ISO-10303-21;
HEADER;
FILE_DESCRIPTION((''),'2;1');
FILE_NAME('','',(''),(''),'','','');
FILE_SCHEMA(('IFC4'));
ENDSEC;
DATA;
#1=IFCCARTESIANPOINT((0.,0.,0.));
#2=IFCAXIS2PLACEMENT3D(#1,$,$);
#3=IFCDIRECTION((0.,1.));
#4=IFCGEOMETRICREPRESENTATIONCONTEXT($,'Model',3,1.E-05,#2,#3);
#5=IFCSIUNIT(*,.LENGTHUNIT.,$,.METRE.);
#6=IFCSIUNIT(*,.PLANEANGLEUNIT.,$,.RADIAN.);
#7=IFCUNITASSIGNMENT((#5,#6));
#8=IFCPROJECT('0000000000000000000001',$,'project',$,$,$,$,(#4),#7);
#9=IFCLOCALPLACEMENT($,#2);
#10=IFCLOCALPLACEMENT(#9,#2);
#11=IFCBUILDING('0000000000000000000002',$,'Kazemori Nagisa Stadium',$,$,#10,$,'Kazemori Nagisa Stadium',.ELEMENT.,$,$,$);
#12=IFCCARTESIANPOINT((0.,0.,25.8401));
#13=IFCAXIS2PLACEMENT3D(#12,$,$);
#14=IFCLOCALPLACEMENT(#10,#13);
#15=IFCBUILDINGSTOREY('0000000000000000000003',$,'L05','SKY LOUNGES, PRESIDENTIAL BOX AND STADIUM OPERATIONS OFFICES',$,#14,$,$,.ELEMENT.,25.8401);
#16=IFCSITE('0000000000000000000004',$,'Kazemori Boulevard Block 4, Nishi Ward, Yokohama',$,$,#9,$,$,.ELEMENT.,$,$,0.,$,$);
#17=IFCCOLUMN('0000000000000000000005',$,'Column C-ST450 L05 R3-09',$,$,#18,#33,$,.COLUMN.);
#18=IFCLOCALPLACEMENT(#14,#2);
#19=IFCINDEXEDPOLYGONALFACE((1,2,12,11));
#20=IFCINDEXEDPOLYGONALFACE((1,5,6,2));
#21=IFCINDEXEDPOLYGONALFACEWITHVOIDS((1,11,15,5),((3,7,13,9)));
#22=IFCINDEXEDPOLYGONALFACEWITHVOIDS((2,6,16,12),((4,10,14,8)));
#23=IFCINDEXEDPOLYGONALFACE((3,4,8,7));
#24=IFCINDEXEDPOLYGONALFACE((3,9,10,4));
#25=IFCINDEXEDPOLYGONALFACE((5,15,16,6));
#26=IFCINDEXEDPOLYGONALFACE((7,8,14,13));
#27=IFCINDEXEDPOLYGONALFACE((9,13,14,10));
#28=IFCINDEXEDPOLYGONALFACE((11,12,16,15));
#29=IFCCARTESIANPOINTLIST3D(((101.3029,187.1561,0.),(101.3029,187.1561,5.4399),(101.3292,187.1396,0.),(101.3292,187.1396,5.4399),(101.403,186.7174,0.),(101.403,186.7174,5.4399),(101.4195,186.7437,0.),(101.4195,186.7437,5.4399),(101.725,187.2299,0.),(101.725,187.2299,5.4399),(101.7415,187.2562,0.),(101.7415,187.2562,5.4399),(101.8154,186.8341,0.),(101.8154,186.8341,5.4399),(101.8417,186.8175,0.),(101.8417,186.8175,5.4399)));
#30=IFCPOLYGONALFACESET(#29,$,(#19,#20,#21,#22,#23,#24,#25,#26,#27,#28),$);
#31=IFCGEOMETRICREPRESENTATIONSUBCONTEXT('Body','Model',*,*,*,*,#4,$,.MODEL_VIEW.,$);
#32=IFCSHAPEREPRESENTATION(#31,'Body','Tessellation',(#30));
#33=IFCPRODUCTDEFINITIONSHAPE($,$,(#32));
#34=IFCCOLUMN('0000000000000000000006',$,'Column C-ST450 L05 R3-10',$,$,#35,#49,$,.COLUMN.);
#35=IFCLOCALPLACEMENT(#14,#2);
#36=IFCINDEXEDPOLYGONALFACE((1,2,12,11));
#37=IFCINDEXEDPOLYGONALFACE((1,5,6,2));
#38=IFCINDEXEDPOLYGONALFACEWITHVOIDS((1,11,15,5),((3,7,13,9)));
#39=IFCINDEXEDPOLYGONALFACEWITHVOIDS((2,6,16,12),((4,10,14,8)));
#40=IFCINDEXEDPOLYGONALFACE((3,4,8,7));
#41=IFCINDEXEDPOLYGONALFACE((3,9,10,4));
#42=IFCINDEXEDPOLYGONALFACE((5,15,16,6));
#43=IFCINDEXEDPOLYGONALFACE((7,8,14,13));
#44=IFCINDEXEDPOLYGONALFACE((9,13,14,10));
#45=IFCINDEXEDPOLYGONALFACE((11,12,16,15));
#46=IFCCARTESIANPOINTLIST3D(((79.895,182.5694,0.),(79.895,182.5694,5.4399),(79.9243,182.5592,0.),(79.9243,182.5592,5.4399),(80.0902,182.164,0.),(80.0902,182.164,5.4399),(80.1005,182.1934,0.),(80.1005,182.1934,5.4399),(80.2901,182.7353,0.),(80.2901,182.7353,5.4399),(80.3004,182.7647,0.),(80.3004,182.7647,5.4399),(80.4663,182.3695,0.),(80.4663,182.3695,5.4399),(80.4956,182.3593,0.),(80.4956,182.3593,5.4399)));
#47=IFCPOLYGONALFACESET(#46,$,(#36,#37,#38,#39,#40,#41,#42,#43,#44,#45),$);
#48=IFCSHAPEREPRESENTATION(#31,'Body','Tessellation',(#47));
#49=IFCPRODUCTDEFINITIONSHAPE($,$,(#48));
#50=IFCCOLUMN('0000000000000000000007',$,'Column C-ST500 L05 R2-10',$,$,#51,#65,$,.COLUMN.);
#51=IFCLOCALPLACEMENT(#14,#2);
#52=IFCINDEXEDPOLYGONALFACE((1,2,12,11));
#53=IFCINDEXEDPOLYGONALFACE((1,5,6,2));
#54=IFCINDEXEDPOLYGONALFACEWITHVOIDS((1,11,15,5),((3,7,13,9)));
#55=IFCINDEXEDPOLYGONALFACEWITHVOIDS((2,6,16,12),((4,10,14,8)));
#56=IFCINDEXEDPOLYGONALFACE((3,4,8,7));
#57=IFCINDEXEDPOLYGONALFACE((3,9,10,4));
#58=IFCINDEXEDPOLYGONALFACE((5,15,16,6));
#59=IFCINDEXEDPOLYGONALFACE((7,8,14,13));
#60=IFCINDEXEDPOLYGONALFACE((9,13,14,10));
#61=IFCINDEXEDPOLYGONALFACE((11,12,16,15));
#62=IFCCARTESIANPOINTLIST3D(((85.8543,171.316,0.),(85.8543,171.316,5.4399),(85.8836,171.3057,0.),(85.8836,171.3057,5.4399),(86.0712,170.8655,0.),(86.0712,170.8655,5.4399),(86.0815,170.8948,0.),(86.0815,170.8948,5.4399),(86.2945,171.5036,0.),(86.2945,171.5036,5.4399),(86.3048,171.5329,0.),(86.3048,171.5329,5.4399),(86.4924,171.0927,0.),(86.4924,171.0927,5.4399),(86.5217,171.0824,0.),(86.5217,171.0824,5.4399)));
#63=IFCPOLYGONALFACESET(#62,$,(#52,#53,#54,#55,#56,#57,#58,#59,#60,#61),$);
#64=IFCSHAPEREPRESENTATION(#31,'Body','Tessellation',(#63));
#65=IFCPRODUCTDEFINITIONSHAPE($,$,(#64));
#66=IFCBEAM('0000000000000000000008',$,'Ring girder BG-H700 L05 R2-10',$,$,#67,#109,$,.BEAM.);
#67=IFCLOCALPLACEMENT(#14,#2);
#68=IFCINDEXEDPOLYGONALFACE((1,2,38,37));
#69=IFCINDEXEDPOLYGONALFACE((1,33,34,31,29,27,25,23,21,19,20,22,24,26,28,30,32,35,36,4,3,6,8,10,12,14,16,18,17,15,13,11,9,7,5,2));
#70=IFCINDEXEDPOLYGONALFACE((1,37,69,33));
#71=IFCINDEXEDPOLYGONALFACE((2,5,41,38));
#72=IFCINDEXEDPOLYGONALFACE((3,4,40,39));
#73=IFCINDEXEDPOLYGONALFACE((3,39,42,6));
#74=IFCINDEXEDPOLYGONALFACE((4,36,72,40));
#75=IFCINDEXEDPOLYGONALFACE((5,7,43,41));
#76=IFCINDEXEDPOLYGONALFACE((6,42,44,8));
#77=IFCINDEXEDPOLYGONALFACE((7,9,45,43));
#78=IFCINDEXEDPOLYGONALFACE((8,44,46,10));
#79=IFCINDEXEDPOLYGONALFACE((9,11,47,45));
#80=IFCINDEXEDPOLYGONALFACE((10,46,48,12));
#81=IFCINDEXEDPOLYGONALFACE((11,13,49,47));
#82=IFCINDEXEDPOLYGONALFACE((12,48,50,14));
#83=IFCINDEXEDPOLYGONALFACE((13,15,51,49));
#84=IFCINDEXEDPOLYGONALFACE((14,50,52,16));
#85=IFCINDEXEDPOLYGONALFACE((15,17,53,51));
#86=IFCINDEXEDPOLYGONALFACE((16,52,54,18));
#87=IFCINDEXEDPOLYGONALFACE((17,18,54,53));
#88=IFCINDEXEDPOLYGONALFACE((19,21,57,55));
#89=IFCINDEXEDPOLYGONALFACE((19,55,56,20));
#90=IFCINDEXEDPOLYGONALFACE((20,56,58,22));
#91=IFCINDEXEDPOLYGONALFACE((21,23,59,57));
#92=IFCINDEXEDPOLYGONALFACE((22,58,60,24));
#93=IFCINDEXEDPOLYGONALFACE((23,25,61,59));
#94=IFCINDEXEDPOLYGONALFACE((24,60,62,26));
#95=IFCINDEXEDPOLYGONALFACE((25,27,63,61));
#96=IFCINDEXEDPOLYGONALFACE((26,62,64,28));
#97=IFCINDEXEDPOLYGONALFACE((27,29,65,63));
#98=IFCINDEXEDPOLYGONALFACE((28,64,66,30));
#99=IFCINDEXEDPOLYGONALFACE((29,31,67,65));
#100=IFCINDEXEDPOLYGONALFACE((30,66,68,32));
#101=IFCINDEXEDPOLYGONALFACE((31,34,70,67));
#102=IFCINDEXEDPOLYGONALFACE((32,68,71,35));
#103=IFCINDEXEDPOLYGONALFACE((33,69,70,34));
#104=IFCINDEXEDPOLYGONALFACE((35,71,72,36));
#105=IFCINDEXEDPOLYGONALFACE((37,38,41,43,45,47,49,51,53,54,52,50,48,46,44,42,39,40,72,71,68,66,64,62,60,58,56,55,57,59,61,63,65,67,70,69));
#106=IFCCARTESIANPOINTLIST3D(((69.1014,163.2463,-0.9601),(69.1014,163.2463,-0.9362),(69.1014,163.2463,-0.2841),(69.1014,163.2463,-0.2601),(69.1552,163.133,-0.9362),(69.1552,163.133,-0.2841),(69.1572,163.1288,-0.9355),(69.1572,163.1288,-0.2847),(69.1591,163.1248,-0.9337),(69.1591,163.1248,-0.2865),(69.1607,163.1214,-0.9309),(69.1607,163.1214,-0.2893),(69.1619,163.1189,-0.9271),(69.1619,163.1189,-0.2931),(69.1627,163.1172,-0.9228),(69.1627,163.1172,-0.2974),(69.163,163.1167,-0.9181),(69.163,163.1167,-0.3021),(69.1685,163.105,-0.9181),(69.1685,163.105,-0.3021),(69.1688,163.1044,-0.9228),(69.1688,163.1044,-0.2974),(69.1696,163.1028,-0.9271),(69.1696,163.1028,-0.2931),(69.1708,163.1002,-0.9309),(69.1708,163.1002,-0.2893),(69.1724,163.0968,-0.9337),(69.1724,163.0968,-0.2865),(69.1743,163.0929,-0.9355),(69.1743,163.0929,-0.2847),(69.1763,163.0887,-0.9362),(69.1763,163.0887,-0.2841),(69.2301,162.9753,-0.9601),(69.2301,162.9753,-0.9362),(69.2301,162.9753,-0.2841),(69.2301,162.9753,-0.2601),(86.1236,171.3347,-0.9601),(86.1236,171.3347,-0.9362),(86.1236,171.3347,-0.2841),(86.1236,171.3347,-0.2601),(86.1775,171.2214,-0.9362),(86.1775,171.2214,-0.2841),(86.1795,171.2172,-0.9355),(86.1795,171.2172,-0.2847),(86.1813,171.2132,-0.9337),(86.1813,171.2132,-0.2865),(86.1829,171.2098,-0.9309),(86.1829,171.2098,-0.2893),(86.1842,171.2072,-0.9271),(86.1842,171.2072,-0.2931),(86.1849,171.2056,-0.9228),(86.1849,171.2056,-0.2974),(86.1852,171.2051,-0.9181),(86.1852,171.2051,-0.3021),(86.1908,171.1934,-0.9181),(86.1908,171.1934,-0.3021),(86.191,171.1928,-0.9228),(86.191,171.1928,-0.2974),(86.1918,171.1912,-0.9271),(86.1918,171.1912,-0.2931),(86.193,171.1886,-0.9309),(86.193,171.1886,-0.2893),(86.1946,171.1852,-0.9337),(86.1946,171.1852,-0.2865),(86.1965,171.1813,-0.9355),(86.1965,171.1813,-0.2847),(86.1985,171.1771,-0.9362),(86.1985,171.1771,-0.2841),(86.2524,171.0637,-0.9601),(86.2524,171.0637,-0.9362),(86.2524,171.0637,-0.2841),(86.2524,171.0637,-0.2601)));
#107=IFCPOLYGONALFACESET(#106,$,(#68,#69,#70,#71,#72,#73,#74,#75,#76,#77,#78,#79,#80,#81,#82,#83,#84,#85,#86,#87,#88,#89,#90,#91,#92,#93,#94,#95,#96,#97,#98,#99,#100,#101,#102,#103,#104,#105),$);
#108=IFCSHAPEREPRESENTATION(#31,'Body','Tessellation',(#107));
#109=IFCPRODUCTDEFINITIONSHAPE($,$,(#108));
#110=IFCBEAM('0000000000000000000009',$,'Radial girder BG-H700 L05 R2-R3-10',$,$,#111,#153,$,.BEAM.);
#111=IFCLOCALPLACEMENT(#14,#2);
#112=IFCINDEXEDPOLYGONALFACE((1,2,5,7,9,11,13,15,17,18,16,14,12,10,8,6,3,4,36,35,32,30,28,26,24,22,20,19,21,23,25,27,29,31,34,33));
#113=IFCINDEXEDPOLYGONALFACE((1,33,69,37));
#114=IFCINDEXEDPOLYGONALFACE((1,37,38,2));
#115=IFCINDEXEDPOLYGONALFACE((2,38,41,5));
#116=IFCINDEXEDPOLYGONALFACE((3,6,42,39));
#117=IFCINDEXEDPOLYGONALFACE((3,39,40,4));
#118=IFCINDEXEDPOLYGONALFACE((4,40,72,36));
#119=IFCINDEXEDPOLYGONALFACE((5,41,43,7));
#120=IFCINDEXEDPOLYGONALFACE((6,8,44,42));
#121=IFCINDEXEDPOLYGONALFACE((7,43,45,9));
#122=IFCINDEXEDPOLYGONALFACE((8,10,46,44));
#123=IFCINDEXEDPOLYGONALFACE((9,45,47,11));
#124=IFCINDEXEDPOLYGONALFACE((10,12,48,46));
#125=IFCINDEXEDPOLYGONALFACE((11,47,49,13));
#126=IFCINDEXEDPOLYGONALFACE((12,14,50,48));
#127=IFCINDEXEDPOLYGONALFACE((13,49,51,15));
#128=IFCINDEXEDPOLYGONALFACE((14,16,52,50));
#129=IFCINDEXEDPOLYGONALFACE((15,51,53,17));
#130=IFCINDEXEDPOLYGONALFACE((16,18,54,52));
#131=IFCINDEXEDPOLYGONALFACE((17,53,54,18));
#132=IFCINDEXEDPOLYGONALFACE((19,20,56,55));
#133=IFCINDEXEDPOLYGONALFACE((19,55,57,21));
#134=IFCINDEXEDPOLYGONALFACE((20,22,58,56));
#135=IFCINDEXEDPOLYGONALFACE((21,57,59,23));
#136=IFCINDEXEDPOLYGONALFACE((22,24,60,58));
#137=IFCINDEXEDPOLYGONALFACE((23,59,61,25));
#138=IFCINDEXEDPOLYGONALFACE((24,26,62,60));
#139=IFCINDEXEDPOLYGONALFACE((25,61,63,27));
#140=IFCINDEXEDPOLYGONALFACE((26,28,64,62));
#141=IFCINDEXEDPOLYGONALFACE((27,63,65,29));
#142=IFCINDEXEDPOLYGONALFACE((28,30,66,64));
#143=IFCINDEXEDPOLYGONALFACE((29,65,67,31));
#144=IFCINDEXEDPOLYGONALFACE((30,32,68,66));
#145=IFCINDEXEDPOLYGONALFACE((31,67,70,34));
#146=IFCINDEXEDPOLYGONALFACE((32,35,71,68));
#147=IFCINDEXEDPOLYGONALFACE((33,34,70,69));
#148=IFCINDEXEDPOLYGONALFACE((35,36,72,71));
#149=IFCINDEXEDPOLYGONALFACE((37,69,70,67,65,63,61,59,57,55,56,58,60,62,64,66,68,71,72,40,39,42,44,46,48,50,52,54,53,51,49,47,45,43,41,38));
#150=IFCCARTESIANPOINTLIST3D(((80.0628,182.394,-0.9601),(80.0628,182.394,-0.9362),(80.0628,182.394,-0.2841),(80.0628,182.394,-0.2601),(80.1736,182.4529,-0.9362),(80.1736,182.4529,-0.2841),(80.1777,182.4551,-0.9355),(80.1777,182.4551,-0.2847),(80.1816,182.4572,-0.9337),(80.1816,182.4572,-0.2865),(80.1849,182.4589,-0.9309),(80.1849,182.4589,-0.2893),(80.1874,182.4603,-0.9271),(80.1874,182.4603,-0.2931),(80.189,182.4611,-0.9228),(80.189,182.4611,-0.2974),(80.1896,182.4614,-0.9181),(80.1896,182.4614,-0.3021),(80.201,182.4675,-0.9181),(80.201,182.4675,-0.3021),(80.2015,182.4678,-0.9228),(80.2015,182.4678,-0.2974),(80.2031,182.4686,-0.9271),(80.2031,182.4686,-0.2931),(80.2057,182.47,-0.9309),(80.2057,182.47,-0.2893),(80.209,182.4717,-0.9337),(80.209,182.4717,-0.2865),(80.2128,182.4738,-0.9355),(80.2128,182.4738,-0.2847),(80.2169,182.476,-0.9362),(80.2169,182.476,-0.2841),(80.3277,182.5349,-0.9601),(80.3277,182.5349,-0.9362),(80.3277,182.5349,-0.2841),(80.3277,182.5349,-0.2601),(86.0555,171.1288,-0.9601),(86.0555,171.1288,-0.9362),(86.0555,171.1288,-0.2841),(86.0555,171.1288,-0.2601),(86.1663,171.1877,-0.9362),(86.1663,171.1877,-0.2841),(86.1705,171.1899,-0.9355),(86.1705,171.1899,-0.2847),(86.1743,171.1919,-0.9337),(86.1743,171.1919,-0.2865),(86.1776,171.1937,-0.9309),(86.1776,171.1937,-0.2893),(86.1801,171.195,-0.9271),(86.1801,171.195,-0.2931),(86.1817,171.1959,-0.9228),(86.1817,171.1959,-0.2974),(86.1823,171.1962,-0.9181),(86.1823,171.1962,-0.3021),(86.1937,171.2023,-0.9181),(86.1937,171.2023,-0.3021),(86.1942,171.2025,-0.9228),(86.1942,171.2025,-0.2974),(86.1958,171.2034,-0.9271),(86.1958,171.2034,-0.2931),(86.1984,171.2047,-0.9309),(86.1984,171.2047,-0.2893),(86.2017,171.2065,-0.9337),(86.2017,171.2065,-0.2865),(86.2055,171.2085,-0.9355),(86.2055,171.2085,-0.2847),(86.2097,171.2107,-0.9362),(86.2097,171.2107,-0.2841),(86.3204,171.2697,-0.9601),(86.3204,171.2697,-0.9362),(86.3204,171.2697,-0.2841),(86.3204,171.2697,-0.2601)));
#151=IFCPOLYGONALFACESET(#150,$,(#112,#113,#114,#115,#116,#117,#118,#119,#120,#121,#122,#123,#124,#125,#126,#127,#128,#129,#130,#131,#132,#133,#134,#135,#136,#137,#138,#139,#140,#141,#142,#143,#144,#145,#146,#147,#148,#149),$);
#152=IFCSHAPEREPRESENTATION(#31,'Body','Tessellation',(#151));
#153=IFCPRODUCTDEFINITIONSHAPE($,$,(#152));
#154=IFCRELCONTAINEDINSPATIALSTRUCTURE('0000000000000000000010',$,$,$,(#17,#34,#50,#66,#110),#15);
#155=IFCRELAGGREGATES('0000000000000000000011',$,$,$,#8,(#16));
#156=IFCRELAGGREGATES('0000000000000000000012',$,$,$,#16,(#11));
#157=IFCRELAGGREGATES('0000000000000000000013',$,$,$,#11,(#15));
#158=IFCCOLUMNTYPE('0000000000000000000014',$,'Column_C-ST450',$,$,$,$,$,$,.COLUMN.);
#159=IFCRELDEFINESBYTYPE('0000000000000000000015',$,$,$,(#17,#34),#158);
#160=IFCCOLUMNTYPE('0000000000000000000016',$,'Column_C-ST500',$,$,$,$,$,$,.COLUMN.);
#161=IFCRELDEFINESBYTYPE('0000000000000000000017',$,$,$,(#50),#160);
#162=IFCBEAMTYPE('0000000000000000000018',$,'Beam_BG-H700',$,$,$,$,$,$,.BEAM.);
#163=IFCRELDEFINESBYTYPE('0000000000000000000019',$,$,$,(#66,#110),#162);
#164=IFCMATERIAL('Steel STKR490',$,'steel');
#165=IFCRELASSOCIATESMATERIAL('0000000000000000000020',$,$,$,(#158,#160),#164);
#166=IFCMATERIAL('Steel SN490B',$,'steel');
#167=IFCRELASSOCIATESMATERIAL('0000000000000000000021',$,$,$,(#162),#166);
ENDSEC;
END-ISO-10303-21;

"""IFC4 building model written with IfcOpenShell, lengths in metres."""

from ifc_helpers import new_model, si_unit, direction, frame, origin, origin_2d, place, context, subcontext, project, spatial, hollow_rectangle, i_section, extrude, material, material_profile, profile_set, type_object, element, save


model = new_model("IFC4")

# Units and contexts
model_context = context("Model", 3, precision=1e-05, world=origin(), true_north=direction((0.0, 1.0)))
body_context = subcontext(model_context, "Body", "Model", "MODEL_VIEW")
ifc_project = project(units=[si_unit("LENGTHUNIT", "METRE"), si_unit("PLANEANGLEUNIT", "RADIAN")], contexts=[model_context])

# Site, building, storey
site_placement = place(None, origin())
site = spatial("IfcSite", under=ifc_project, at=site_placement, Name="Kazemori Boulevard Block 4, Nishi Ward, Yokohama", CompositionType="ELEMENT", RefElevation=0.0)
building_placement = place(site_placement, origin())
building = spatial("IfcBuilding", under=site, at=building_placement, Name="Kazemori Nagisa Stadium", LongName="Kazemori Nagisa Stadium", CompositionType="ELEMENT")
storey_placement = place(building_placement, frame((0.0, 0.0, 25.8401)))
storey = spatial("IfcBuildingStorey", under=building, at=storey_placement, Name="L05", Description="SKY LOUNGES, PRESIDENTIAL BOX AND STADIUM OPERATIONS OFFICES", CompositionType="ELEMENT", Elevation=25.8401)

# Columns
ifc_material_1 = material(Name="Steel STKR490", Category="steel")
ifc_material_profile_1 = material_profile(ifc_material_1, hollow_rectangle(XDim=0.45, YDim=0.45, WallThickness=0.022, at=origin_2d()), Name="SHS-450x450x22")
ifc_profile_set_1 = profile_set([ifc_material_profile_1], Name="Steel STKR490")
column_type_1 = type_object("IfcColumnType", Name="Column_C-ST450", PredefinedType="COLUMN", material=ifc_profile_set_1)
for number, where, z_axis, x_axis, name in (
    (1, (101.5723, 186.9868, 0.0), (0.0, 0.0, 1.0), (-0.222521, 0.974928, 0.0), "Column C-ST450 L05 R3-09"),
    (2, (80.1953, 182.4644, 0.0), (0.0, 0.0, 1.0), (-0.433884, 0.900969, 0.0), "Column C-ST450 L05 R3-10"),
):
    element("IfcColumn", number, at=place(storey_placement, frame(where, z_axis=z_axis, x_axis=x_axis)), inside=storey, type_object=column_type_1, Name=name, PredefinedType="COLUMN", context=body_context, shape_type="SweptSolid", body=[
        extrude(hollow_rectangle(XDim=0.45, YDim=0.45, WallThickness=0.022, at=origin_2d()), origin(), (0.0, 0.0, 1.0), 5.4399),
    ])
ifc_material_profile_2 = material_profile(ifc_material_1, hollow_rectangle(XDim=0.5, YDim=0.5, WallThickness=0.022, at=origin_2d()), Name="SHS-500x500x22")
ifc_profile_set_2 = profile_set([ifc_material_profile_2], Name="Steel STKR490")
column_type_2 = type_object("IfcColumnType", Name="Column_C-ST500", PredefinedType="COLUMN", material=ifc_profile_set_2)
column_placement = place(storey_placement, frame((86.188, 171.1992, 0.0), z_axis=(0.0, 0.0, 1.0), x_axis=(-0.433884, 0.900969, 0.0)))
element("IfcColumn", 3, at=column_placement, inside=storey, type_object=column_type_2, Name="Column C-ST500 L05 R2-10", PredefinedType="COLUMN", context=body_context, shape_type="SweptSolid", body=[
    extrude(hollow_rectangle(XDim=0.5, YDim=0.5, WallThickness=0.022, at=origin_2d()), origin(), (0.0, 0.0, 1.0), 5.4399),
])

# Beams
ifc_material_2 = material(Name="Steel SN490B", Category="steel")
ifc_material_profile_3 = material_profile(ifc_material_2, i_section(OverallWidth=0.3, OverallDepth=0.7, WebThickness=0.0129, FlangeThickness=0.0239, FilletRadius=0.0181, at=origin_2d()), Name="H-700x300x13x24")
ifc_profile_set_3 = profile_set([ifc_material_profile_3], Name="Steel SN490B")
beam_type_1 = type_object("IfcBeamType", Name="Beam_BG-H700", PredefinedType="BEAM", material=ifc_profile_set_3)
beam_1_placement = place(storey_placement, frame((86.188, 171.1992, -0.6101), z_axis=(-0.903219, -0.429179, 0.0), x_axis=(0.429179, -0.903219, 0.0)))
element("IfcBeam", 4, at=beam_1_placement, inside=storey, type_object=beam_type_1, Name="Ring girder BG-H700 L05 R2-10", PredefinedType="BEAM", context=body_context, shape_type="SweptSolid", body=[
    extrude(i_section(OverallWidth=0.3, OverallDepth=0.7, WebThickness=0.0129, FlangeThickness=0.0239, FilletRadius=0.0181, at=origin_2d()), origin(), (0.0, 0.0, 1.0), 18.8462),
])
beam_2_placement = place(storey_placement, frame((86.188, 171.1992, -0.6101), z_axis=(-0.469649, 0.882853, 0.0), x_axis=(-0.882853, -0.469649, 0.0)))
element("IfcBeam", 5, at=beam_2_placement, inside=storey, type_object=beam_type_1, Name="Radial girder BG-H700 L05 R2-R3-10", PredefinedType="BEAM", context=body_context, shape_type="SweptSolid", body=[
    extrude(i_section(OverallWidth=0.3, OverallDepth=0.7, WebThickness=0.0129, FlangeThickness=0.0239, FilletRadius=0.0181, at=origin_2d()), origin(), (0.0, 0.0, 1.0), 12.76),
])

save(model, "model.ifc")
